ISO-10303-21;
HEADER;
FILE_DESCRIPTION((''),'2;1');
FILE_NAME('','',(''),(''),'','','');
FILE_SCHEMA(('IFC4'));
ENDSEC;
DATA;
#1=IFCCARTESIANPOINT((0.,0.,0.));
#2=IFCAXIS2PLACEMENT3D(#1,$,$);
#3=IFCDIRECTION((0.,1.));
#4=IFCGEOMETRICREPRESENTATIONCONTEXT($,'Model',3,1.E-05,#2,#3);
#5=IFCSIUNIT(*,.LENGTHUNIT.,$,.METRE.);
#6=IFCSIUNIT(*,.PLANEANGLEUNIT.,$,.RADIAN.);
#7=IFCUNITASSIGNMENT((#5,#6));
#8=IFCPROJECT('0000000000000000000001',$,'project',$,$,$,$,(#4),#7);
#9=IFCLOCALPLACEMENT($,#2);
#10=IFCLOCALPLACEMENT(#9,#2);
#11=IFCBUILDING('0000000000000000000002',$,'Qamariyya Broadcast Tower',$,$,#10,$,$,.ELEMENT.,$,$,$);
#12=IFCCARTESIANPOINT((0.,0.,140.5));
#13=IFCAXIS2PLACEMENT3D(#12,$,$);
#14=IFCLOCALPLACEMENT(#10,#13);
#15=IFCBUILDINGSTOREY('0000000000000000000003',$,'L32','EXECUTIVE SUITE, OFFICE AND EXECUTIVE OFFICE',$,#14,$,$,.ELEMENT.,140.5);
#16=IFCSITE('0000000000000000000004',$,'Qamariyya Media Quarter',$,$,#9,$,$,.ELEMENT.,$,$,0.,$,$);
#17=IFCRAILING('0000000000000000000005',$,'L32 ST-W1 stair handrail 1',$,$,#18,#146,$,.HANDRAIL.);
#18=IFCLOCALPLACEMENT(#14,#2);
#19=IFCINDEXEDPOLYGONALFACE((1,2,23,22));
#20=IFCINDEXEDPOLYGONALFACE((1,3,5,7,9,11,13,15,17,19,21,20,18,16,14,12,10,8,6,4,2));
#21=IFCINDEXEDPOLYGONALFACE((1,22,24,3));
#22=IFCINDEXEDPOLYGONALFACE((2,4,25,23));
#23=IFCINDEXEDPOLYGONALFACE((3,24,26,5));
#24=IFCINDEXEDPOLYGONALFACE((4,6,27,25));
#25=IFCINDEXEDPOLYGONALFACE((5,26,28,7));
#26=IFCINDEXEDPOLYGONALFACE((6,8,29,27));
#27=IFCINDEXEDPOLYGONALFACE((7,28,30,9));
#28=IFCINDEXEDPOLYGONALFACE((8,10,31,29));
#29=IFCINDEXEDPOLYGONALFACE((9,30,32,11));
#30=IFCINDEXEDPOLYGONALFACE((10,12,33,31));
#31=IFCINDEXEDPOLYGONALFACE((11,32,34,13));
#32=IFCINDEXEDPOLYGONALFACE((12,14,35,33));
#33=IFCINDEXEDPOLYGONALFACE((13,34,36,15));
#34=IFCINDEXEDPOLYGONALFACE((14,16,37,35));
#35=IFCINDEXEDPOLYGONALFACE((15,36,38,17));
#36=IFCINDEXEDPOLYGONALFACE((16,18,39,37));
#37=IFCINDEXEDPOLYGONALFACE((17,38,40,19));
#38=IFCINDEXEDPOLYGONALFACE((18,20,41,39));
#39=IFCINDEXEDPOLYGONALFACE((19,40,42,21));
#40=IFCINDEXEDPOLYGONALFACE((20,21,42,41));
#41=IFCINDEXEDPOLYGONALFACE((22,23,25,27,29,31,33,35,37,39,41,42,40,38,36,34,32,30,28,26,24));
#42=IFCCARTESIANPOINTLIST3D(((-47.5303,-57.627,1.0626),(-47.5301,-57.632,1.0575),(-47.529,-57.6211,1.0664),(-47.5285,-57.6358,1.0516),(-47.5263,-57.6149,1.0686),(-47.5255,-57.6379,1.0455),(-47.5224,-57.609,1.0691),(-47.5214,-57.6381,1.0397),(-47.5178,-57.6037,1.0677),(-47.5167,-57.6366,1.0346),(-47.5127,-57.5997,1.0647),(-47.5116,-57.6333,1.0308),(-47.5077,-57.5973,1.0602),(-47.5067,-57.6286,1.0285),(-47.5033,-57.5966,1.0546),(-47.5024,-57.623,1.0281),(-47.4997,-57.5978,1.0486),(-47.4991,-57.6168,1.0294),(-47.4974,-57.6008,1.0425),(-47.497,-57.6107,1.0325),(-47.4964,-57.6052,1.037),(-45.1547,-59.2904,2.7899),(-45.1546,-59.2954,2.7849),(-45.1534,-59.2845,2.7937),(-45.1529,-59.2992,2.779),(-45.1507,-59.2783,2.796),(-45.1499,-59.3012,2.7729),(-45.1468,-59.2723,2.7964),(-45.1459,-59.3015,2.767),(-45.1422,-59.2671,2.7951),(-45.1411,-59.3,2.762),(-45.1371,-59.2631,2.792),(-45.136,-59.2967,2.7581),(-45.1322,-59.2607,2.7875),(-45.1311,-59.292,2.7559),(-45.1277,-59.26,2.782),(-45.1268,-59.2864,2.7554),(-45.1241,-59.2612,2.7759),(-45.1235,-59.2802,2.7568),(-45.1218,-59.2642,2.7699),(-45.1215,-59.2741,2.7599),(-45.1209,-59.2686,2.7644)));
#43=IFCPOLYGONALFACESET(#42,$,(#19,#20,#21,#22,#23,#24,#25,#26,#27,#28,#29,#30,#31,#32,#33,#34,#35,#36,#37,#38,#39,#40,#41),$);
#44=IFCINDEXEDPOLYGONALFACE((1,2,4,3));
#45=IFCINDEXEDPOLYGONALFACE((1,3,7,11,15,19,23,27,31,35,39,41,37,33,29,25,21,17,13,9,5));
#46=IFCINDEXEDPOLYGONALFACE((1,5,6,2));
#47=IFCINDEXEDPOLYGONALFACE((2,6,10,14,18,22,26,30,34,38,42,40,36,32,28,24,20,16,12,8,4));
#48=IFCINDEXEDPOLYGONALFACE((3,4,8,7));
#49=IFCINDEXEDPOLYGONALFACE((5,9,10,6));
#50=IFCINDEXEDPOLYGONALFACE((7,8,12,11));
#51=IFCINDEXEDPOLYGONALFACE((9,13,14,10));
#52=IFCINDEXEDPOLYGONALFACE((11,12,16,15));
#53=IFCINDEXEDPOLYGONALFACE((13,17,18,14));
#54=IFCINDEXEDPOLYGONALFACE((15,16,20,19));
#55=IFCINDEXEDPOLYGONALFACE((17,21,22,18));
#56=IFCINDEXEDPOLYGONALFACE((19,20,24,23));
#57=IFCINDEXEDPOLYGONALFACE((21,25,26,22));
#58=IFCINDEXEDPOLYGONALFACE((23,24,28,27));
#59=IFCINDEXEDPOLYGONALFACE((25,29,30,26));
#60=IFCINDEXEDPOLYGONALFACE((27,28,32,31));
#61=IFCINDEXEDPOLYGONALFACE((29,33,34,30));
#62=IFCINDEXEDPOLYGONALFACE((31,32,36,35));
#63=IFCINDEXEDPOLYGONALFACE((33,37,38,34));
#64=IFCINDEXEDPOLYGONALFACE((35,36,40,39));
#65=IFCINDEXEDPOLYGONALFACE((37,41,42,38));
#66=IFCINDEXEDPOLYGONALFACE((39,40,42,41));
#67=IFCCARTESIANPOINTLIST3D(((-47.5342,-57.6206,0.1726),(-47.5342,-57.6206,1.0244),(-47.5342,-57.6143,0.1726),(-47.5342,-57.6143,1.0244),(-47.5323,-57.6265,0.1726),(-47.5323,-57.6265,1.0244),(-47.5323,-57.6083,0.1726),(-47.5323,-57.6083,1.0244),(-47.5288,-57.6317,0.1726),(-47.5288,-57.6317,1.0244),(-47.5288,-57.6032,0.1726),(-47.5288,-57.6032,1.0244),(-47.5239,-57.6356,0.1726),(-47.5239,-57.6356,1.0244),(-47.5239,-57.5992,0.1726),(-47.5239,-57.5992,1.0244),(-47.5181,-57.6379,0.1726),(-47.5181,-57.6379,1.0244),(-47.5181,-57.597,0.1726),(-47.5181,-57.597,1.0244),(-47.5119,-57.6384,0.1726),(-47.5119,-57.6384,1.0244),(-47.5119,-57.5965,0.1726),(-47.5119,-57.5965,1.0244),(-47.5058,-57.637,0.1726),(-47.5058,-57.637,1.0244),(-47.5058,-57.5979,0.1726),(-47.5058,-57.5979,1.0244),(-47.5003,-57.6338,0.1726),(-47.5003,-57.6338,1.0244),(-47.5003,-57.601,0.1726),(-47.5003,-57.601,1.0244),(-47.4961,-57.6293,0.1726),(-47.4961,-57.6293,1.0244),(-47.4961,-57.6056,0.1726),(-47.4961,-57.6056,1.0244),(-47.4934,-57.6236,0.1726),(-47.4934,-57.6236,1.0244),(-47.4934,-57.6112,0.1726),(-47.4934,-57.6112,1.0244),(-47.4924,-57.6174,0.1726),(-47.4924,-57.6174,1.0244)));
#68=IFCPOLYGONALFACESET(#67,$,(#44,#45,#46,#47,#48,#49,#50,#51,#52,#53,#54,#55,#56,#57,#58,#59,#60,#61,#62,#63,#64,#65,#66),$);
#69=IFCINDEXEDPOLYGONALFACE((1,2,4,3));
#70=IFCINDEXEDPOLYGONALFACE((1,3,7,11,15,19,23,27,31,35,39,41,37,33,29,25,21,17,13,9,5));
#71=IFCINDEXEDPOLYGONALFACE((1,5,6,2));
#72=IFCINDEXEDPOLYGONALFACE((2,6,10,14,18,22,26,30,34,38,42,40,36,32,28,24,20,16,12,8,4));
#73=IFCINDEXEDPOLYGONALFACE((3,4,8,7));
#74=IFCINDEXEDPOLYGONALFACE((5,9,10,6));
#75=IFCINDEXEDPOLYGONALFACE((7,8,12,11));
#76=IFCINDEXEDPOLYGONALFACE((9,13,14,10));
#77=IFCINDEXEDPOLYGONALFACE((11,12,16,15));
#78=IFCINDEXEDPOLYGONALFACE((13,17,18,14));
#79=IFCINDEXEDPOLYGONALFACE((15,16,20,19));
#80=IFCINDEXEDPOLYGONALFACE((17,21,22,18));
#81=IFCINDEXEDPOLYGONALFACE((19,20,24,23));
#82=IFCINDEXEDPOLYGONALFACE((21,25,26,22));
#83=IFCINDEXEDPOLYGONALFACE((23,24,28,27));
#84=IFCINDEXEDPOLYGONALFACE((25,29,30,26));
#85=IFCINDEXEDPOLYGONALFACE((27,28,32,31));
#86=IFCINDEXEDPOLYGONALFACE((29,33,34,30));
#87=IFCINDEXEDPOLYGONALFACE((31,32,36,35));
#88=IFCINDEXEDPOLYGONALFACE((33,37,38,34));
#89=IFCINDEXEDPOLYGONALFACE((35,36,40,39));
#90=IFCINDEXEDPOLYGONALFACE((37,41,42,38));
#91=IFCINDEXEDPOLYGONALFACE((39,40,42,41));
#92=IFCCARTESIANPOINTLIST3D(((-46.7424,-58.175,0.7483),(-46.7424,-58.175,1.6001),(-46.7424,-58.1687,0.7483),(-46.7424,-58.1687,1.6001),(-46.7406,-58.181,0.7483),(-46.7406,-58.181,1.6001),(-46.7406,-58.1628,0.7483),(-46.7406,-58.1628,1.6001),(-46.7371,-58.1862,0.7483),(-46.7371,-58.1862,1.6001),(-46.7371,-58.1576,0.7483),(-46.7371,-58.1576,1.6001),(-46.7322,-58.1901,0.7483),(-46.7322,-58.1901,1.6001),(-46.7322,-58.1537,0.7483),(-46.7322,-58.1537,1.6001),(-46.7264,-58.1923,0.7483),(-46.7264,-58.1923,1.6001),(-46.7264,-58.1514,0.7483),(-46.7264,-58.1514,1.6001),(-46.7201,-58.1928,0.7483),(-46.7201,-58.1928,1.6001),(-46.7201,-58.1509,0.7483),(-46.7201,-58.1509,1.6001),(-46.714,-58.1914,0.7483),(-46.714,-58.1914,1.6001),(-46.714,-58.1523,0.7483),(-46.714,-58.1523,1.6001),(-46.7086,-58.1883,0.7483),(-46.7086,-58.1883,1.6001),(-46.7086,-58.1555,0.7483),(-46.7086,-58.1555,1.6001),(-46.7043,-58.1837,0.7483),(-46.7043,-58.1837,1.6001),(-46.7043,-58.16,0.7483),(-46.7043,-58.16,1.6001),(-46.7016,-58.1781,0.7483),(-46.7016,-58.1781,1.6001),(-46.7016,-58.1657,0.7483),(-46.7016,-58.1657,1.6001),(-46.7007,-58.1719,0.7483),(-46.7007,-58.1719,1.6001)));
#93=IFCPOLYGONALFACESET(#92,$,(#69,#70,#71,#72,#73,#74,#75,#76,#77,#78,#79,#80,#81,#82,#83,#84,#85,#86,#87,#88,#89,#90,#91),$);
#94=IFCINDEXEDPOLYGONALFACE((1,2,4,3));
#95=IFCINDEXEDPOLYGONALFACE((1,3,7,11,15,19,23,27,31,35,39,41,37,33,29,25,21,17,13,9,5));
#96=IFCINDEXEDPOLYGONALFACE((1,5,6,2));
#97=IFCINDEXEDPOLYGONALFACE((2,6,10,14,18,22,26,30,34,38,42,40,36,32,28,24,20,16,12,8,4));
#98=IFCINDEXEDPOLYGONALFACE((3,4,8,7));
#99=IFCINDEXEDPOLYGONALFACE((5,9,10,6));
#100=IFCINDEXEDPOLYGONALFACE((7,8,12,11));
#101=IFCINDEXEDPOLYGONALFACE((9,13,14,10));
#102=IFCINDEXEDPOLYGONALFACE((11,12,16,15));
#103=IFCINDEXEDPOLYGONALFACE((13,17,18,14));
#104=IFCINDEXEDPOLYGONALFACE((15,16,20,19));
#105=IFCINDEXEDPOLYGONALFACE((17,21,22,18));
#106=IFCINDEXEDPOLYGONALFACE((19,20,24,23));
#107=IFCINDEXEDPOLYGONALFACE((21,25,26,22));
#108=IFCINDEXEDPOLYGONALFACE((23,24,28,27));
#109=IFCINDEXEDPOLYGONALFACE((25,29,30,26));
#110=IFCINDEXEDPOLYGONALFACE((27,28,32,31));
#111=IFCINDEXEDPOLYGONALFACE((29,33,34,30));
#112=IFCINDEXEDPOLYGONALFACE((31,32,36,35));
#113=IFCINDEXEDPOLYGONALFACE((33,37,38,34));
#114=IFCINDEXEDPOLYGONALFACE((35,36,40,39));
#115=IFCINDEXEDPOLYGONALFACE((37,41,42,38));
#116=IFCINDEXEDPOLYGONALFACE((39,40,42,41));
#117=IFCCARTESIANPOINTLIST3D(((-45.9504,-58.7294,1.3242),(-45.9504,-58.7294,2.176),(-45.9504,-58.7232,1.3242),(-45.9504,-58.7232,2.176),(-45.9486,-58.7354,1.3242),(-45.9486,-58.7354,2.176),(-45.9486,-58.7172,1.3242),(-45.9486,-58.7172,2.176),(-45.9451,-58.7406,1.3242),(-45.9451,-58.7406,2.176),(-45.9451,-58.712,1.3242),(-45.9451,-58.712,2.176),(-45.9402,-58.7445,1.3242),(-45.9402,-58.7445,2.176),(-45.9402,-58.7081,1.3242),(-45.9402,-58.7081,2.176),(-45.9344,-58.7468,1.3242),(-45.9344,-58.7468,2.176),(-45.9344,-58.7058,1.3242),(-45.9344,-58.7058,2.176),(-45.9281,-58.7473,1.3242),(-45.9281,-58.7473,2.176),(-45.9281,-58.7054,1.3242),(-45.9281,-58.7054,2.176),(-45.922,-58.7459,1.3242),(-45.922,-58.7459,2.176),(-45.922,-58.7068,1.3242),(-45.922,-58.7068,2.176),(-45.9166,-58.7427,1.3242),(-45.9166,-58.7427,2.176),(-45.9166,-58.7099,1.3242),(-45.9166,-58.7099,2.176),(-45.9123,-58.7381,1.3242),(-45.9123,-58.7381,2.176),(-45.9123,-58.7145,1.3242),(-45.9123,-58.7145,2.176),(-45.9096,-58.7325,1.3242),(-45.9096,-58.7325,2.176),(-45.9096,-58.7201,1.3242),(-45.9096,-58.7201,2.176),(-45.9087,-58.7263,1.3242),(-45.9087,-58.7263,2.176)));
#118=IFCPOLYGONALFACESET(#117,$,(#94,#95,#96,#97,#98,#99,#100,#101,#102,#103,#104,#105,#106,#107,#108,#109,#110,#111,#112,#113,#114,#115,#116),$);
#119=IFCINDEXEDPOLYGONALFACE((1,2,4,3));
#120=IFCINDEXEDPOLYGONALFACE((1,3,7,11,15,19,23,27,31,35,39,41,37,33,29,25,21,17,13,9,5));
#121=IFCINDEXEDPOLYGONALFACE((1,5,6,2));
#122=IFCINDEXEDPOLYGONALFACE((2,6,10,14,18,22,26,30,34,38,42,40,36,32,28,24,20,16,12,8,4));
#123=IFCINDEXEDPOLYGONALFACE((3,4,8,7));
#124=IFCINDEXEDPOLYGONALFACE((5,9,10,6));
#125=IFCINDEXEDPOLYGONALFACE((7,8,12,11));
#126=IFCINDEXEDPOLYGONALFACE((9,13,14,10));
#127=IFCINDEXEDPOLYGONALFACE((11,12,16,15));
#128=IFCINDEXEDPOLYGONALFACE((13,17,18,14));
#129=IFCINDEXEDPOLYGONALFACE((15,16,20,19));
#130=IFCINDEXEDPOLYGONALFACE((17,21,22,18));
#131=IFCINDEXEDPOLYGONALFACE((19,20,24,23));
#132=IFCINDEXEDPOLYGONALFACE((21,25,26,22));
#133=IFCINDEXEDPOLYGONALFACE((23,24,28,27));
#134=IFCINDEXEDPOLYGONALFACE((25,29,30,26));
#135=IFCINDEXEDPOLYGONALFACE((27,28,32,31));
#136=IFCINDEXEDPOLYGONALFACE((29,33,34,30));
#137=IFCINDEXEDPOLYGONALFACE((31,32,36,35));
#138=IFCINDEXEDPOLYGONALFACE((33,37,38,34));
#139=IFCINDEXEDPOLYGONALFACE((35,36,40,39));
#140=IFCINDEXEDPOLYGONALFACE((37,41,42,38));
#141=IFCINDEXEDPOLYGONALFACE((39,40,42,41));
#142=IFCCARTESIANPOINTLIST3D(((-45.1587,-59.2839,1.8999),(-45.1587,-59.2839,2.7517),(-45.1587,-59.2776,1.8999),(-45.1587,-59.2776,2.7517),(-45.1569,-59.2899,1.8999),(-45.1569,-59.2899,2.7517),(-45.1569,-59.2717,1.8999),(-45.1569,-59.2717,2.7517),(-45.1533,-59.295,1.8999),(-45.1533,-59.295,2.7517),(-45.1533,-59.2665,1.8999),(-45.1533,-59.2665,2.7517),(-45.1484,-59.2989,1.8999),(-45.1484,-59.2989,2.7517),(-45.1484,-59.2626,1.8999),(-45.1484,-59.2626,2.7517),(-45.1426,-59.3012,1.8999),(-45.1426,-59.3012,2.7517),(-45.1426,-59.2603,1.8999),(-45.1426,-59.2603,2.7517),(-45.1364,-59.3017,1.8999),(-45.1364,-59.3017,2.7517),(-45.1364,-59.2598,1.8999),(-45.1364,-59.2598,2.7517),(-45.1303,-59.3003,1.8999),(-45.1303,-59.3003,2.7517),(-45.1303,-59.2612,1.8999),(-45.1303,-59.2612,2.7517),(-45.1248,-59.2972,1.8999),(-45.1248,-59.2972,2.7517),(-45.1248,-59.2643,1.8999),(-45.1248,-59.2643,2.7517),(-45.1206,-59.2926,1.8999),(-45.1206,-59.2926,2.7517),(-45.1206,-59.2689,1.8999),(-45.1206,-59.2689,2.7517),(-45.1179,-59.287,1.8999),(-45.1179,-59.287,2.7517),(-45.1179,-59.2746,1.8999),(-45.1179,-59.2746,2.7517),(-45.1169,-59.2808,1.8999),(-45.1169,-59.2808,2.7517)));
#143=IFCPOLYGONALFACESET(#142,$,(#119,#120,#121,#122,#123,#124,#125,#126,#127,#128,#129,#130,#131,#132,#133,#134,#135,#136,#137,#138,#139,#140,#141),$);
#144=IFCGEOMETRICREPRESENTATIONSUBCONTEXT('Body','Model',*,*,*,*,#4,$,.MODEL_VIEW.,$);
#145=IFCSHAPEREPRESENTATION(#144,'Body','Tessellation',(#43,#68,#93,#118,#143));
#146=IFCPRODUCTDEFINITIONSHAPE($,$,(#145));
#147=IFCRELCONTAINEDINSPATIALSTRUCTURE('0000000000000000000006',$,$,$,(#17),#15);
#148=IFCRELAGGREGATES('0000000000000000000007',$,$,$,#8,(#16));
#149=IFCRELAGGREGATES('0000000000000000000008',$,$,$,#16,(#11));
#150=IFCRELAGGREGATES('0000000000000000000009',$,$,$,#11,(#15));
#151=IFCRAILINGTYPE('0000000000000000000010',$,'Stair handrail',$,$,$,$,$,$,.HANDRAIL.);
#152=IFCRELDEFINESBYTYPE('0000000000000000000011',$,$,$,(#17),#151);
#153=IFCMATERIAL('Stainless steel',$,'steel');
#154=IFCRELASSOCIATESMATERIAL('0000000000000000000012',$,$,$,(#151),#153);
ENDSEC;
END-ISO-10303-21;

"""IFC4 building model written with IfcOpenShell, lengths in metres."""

from ifc_helpers import new_model, si_unit, direction, frame, origin, origin_2d, place, context, subcontext, project, spatial, circle, extrude, material, type_object, element, save


model = new_model("IFC4")

# Units and contexts
model_context = context("Model", 3, precision=1e-05, world=origin(), true_north=direction((0.0, 1.0)))
body_context = subcontext(model_context, "Body", "Model", "MODEL_VIEW")
ifc_project = project(units=[si_unit("LENGTHUNIT", "METRE"), si_unit("PLANEANGLEUNIT", "RADIAN")], contexts=[model_context])

# Site, building, storey
site_placement = place(None, origin())
site = spatial("IfcSite", under=ifc_project, at=site_placement, Name="Qamariyya Media Quarter", CompositionType="ELEMENT", RefElevation=0.0)
building_placement = place(site_placement, origin())
building = spatial("IfcBuilding", under=site, at=building_placement, Name="Qamariyya Broadcast Tower", CompositionType="ELEMENT")
storey_placement = place(building_placement, frame((0.0, 0.0, 140.5)))
storey = spatial("IfcBuildingStorey", under=building, at=storey_placement, Name="L32", Description="EXECUTIVE SUITE, OFFICE AND EXECUTIVE OFFICE", CompositionType="ELEMENT", Elevation=140.5)

# Railing
ifc_material_1 = material(Name="Stainless steel", Category="steel")
railing_type_1 = type_object("IfcRailingType", Name="Stair handrail", PredefinedType="HANDRAIL", material=ifc_material_1)
railing_1_placement = place(storey_placement, frame((-47.5134, -57.6174, 0.1726)))
element("IfcRailing", 1, at=railing_1_placement, inside=storey, type_object=railing_type_1, Name="L32 ST-W1 stair handrail 1", PredefinedType="HANDRAIL", context=body_context, shape_type="SweptSolid", body=[
    extrude(circle(Radius=0.0239, at=origin_2d()), frame((0.0, 0.0, 0.876), z_axis=(0.70377, -0.492784, 0.511734), x_axis=(0.573575, 0.819153, 0.0)), (0.0, 0.0, 1.0), 3.3755),
    extrude(circle(Radius=0.021, at=origin_2d()), origin(), (0.0, 0.0, 1.0), 0.8518),
    extrude(circle(Radius=0.021, at=origin_2d()), frame((0.7917, -0.5544, 0.5757)), (0.0, 0.0, 1.0), 0.8518),
    extrude(circle(Radius=0.021, at=origin_2d()), frame((1.5837, -1.1089, 1.1516)), (0.0, 0.0, 1.0), 0.8518),
    extrude(circle(Radius=0.021, at=origin_2d()), frame((2.3755, -1.6633, 1.7273)), (0.0, 0.0, 1.0), 0.8518),
])

save(model, "model.ifc")
